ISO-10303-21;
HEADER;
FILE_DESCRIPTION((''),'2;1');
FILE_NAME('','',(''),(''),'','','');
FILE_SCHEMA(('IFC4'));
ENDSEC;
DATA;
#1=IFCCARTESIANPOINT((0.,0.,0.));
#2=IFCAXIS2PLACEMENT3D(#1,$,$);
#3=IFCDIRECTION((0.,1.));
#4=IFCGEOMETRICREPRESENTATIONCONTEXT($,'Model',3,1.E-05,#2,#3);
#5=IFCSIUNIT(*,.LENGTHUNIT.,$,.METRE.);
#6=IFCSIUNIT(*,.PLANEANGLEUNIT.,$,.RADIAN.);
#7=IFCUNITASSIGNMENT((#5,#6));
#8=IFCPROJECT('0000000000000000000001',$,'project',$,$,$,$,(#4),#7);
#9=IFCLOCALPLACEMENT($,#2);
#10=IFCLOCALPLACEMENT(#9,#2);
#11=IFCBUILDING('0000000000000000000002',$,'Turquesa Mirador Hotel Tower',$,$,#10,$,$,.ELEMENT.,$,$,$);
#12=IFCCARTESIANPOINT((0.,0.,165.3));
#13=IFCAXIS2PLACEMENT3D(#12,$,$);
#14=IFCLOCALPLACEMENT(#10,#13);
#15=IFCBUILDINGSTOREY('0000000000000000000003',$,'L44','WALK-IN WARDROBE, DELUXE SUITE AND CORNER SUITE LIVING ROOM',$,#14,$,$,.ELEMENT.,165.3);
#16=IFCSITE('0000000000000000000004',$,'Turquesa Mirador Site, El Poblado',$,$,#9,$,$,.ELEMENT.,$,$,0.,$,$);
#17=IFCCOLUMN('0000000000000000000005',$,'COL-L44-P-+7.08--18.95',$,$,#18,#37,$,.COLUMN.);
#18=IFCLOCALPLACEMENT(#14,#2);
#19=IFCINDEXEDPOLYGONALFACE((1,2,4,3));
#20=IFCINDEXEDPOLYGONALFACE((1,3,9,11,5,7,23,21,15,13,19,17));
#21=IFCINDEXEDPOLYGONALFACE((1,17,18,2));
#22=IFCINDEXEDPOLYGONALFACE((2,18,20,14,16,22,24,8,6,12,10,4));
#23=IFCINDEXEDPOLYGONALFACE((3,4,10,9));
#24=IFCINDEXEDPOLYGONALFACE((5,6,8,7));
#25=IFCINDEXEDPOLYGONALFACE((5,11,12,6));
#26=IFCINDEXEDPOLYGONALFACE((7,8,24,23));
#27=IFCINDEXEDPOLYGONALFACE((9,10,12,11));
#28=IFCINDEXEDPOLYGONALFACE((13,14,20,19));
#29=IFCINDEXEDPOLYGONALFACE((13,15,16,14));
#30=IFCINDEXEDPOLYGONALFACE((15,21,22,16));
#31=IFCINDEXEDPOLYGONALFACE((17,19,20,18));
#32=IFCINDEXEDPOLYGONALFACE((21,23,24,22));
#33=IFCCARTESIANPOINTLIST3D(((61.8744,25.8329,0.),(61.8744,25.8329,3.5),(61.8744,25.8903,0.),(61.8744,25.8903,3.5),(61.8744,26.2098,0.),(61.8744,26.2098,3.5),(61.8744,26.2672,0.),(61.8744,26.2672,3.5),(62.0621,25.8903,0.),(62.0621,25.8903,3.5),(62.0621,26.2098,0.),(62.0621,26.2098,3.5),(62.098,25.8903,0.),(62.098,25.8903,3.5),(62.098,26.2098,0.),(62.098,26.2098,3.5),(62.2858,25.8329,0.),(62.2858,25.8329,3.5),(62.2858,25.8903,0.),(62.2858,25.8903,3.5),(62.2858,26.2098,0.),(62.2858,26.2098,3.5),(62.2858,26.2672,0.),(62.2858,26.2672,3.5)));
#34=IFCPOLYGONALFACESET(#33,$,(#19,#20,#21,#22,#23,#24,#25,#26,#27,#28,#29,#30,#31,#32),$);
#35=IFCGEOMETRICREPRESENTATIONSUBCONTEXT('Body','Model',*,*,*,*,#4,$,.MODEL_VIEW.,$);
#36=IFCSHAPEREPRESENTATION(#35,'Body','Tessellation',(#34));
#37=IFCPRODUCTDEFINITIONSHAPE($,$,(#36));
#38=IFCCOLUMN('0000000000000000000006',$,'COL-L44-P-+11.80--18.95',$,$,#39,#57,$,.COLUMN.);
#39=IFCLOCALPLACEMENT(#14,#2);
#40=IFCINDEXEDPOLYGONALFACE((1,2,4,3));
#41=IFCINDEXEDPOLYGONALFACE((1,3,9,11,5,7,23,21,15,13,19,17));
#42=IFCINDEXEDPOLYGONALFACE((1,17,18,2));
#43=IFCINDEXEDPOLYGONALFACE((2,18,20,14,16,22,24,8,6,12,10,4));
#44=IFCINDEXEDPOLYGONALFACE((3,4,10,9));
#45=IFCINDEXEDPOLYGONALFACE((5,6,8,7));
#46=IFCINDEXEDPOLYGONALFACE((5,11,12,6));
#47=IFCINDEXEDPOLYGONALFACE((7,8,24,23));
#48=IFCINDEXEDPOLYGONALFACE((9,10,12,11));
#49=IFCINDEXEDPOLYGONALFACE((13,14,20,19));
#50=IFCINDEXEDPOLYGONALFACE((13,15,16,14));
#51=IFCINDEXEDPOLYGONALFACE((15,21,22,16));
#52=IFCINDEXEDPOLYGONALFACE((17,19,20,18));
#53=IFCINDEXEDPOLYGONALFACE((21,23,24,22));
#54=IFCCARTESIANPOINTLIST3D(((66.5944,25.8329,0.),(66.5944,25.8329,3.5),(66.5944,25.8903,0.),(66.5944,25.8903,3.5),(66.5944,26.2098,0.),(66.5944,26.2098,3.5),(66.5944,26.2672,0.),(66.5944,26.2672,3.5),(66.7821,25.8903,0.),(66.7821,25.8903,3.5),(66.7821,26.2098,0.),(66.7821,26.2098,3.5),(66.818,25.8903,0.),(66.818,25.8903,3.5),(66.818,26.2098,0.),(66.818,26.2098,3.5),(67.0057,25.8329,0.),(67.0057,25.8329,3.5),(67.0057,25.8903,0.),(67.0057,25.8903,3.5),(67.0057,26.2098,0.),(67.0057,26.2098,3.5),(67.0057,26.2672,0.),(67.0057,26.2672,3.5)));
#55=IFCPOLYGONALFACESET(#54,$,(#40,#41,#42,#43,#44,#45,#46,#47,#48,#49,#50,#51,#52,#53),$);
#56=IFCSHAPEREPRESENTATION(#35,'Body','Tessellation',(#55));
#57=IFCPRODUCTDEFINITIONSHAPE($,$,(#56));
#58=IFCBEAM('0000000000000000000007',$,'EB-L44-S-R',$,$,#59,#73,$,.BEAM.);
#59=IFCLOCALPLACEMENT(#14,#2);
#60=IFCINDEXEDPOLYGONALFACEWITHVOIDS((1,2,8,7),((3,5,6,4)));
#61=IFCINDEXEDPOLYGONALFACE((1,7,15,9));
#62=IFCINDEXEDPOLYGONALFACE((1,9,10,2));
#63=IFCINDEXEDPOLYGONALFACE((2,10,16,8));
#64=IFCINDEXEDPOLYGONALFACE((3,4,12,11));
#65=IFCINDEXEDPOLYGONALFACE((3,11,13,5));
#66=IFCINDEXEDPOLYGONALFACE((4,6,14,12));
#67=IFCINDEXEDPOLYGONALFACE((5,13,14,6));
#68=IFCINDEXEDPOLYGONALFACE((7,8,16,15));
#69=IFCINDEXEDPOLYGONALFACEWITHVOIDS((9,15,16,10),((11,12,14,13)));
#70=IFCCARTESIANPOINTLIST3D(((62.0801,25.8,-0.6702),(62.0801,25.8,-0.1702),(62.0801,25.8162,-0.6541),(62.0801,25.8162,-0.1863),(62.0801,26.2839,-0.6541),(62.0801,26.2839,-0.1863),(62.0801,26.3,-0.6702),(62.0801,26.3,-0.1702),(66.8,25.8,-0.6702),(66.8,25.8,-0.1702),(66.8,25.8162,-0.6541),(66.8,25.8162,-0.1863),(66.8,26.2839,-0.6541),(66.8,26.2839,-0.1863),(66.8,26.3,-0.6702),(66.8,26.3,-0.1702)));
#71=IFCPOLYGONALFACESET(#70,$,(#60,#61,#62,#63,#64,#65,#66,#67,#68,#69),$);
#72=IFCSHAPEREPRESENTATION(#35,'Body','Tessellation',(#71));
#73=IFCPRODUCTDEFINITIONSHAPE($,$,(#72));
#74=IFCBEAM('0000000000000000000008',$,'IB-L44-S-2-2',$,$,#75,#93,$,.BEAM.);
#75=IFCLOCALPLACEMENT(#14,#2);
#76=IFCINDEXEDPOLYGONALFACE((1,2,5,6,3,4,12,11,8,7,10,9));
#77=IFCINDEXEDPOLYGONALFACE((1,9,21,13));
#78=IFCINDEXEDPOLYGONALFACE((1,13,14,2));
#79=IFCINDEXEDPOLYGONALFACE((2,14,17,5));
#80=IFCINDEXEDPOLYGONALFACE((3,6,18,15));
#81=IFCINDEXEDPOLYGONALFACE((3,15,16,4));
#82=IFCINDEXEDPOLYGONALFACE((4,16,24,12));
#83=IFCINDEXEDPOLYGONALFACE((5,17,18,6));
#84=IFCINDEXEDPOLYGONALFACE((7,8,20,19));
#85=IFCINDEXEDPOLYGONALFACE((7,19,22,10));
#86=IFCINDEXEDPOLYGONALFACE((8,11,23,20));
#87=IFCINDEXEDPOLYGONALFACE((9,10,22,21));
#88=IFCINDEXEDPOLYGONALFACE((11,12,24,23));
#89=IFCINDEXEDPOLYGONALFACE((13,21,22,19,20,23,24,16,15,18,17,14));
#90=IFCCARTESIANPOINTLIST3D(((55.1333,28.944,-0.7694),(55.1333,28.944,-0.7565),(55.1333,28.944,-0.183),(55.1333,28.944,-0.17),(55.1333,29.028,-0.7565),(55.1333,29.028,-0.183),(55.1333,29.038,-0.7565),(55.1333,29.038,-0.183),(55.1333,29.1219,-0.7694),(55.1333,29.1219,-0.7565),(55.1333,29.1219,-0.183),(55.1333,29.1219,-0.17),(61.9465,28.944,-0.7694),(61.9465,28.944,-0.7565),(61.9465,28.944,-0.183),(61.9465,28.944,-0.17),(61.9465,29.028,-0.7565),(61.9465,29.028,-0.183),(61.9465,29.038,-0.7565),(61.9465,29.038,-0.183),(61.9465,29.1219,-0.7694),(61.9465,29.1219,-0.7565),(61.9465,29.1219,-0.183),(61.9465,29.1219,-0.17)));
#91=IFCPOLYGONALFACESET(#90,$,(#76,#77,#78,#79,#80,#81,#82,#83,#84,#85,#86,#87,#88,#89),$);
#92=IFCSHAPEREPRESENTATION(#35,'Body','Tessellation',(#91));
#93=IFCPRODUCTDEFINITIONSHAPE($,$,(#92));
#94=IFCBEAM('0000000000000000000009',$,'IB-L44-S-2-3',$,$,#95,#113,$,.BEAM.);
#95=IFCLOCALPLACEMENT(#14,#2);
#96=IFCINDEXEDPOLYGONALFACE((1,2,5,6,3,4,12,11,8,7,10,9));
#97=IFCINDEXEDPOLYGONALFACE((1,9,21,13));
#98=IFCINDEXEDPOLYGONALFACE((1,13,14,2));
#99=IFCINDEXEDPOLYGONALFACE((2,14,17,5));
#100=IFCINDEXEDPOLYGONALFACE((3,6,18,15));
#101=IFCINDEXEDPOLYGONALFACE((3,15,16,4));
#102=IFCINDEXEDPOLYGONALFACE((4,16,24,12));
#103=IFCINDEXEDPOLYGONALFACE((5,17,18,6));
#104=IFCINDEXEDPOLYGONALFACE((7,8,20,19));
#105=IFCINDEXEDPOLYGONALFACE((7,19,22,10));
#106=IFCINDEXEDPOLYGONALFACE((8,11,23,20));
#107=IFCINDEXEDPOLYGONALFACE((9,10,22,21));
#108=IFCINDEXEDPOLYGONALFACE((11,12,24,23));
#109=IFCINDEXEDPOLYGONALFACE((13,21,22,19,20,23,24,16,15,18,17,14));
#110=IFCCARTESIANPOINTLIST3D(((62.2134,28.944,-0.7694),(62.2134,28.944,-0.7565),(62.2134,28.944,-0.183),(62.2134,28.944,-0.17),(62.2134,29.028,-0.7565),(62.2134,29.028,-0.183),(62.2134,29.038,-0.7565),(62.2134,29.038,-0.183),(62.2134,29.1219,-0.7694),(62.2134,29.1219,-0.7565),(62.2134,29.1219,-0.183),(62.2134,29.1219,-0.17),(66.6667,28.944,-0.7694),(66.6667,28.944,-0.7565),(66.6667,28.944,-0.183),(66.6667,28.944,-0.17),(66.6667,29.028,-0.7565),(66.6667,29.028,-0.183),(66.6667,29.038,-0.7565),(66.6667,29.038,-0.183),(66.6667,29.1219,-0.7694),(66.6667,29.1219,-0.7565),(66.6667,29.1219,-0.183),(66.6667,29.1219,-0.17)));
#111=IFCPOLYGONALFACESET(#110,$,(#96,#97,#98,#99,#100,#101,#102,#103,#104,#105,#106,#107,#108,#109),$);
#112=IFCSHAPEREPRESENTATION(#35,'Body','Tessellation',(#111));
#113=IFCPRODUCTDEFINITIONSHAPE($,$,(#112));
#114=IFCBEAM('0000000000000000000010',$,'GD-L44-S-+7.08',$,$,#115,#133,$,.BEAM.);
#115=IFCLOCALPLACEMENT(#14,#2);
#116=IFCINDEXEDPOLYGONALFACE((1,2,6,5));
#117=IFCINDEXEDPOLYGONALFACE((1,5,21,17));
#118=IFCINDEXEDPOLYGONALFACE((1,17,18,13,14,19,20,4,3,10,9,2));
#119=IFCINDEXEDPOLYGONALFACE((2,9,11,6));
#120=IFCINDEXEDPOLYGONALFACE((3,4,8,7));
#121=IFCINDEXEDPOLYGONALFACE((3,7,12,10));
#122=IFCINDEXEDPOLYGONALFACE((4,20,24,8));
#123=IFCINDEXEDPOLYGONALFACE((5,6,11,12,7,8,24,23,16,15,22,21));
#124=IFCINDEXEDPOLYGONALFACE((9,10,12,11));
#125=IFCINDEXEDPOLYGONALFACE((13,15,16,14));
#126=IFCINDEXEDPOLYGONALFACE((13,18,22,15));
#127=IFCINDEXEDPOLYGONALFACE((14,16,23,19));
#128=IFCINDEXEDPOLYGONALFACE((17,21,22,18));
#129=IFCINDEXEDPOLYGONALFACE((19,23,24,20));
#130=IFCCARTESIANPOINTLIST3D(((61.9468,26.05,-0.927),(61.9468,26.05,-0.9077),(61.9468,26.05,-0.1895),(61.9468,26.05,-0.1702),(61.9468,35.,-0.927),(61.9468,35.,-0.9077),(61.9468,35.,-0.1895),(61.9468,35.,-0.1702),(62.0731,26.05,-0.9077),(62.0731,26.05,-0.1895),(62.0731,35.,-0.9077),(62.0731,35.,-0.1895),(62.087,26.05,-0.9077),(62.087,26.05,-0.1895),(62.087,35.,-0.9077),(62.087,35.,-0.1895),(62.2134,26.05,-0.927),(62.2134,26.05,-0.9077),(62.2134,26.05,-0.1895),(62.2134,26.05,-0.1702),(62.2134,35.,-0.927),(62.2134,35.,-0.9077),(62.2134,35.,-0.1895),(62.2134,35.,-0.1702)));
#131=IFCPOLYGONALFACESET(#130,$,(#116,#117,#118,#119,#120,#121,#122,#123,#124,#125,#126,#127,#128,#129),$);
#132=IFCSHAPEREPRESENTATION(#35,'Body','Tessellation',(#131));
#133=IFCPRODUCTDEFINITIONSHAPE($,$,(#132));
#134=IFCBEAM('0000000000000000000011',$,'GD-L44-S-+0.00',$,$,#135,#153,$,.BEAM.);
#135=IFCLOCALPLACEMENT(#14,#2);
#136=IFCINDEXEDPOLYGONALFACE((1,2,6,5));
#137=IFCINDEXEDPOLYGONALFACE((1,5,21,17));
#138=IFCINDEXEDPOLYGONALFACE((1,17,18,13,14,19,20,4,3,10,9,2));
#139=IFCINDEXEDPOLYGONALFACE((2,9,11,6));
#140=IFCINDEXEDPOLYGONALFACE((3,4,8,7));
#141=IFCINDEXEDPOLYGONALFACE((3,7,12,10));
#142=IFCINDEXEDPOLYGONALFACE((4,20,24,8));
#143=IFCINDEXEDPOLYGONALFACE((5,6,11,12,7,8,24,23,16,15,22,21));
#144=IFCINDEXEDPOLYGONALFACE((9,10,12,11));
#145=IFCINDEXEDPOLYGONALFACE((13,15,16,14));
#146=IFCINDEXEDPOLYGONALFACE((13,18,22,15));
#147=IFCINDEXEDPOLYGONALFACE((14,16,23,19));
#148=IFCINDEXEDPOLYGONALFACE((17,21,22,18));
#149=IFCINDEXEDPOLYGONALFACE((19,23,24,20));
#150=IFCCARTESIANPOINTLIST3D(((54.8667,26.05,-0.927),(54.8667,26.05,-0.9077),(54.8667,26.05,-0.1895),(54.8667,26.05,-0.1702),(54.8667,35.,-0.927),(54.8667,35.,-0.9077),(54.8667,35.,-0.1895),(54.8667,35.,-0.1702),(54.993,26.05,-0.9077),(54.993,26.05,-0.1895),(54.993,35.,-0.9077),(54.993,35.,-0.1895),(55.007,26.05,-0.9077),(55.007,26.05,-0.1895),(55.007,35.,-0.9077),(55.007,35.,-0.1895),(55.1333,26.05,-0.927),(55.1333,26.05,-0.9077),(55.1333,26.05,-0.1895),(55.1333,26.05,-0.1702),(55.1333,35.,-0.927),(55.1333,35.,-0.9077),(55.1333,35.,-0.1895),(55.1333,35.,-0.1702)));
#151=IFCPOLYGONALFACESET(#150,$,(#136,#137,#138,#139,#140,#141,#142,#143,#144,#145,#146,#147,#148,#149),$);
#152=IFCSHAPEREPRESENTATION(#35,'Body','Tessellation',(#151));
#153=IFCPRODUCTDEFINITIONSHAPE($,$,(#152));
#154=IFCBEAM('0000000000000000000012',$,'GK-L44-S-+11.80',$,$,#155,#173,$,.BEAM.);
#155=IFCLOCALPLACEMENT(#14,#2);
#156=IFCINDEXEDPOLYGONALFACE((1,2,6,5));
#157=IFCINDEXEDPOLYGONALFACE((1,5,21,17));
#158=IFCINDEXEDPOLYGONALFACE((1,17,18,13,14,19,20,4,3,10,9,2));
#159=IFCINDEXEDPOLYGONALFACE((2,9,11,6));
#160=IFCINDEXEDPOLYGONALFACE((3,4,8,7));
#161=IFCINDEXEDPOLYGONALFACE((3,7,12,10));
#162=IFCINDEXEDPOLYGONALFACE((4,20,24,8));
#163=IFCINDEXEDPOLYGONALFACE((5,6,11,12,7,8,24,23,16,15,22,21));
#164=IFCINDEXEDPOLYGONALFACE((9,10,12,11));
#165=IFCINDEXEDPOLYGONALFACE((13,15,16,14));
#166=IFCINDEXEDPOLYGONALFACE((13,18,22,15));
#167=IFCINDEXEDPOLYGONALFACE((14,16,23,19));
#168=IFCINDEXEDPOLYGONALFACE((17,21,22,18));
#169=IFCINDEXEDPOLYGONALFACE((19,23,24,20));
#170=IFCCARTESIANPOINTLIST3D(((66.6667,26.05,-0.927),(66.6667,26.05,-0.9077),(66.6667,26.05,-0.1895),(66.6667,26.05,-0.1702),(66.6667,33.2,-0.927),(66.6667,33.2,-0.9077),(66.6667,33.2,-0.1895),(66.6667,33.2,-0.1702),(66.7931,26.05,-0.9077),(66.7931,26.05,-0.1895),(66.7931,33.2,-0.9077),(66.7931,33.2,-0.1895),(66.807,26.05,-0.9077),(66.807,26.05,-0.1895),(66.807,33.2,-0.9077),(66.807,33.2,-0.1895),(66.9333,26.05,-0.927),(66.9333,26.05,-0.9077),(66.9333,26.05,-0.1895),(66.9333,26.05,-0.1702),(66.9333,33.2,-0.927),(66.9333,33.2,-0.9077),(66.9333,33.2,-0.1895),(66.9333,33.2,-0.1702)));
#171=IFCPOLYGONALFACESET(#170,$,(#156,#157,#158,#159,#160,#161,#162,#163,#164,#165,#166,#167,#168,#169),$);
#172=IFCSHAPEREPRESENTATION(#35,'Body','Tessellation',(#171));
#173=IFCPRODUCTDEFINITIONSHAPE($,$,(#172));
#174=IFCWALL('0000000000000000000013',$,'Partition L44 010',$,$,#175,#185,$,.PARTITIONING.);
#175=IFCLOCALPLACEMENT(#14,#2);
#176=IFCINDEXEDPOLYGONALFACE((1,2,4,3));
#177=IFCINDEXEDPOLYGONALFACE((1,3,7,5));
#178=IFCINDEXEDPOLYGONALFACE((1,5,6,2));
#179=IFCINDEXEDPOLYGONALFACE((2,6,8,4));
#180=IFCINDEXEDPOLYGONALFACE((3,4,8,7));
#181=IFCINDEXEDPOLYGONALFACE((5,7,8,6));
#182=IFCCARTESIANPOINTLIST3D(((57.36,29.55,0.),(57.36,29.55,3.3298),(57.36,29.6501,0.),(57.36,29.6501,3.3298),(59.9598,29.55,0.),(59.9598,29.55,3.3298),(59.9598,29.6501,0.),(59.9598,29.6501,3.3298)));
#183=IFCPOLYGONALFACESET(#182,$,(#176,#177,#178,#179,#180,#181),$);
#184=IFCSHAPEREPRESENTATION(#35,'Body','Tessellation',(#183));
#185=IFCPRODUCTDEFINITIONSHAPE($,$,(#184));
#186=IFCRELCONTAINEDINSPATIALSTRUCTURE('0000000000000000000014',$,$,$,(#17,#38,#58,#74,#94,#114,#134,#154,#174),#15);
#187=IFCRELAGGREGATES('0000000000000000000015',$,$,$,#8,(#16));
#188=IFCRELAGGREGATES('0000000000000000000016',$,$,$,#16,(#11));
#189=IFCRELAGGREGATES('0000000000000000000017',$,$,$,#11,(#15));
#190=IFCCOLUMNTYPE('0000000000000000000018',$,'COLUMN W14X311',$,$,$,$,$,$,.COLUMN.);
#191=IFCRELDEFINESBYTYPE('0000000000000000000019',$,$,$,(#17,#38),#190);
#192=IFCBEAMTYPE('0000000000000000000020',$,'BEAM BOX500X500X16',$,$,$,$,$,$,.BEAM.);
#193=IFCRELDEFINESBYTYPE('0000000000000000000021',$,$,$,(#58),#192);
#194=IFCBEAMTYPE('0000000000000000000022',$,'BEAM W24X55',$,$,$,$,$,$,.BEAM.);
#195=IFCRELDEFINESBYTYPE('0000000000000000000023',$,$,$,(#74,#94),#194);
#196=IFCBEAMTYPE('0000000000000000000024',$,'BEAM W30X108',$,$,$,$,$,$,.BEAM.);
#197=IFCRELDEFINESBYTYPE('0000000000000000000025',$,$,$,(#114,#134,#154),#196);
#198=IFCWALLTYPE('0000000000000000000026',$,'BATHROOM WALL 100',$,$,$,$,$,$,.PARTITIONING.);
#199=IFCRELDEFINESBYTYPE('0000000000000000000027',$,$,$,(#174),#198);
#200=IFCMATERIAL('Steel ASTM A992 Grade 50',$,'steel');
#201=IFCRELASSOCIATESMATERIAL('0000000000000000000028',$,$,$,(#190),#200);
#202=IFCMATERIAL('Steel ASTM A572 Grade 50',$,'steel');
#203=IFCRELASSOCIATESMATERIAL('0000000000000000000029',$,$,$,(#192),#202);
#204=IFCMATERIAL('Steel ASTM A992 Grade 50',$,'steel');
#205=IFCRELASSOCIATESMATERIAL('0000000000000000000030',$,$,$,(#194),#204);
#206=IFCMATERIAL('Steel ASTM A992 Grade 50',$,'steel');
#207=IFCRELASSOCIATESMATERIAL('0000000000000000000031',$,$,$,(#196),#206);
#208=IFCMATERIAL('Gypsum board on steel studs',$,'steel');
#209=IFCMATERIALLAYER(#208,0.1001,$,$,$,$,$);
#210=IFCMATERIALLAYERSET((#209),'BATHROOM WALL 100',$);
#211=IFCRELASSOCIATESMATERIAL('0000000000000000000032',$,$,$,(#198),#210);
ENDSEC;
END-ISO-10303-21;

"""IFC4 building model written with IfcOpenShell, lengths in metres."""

from ifc_helpers import new_model, si_unit, direction, frame, frame_2d, origin, origin_2d, place, context, subcontext, project, spatial, rectangle, hollow_rectangle, i_section, extrude, material, layer, layer_set, material_profile, profile_set, type_object, element, save


model = new_model("IFC4")

# Units and contexts
model_context = context("Model", 3, precision=1e-05, world=origin(), true_north=direction((0.0, 1.0)))
body_context = subcontext(model_context, "Body", "Model", "MODEL_VIEW")
ifc_project = project(units=[si_unit("LENGTHUNIT", "METRE"), si_unit("PLANEANGLEUNIT", "RADIAN")], contexts=[model_context])

# Site, building, storey
site_placement = place(None, origin())
site = spatial("IfcSite", under=ifc_project, at=site_placement, Name="Turquesa Mirador Site, El Poblado", CompositionType="ELEMENT", RefElevation=0.0)
building_placement = place(site_placement, origin())
building = spatial("IfcBuilding", under=site, at=building_placement, Name="Turquesa Mirador Hotel Tower", CompositionType="ELEMENT")
storey_placement = place(building_placement, frame((0.0, 0.0, 165.3)))
storey = spatial("IfcBuildingStorey", under=building, at=storey_placement, Name="L44", Description="WALK-IN WARDROBE, DELUXE SUITE AND CORNER SUITE LIVING ROOM", CompositionType="ELEMENT", Elevation=165.3)

# Columns
ifc_material_1 = material(Name="Steel ASTM A992 Grade 50", Category="steel")
ifc_material_profile_1 = material_profile(ifc_material_1, i_section(OverallWidth=0.4114, OverallDepth=0.4343, WebThickness=0.0359, FlangeThickness=0.0574, at=origin_2d()), Name="W14X311")
ifc_profile_set_1 = profile_set([ifc_material_profile_1], Name="Steel ASTM A992 Grade 50")
column_type = type_object("IfcColumnType", Name="COLUMN W14X311", PredefinedType="COLUMN", material=ifc_profile_set_1)
for number, where, z_axis, x_axis, name in (
    (1, (62.0801, 26.05, 0.0), (0.0, 0.0, 1.0), (1.0, 0.0, 0.0), "COL-L44-P-+7.08--18.95"),
    (2, (66.8, 26.05, 0.0), (0.0, 0.0, 1.0), (1.0, 0.0, 0.0), "COL-L44-P-+11.80--18.95"),
):
    element("IfcColumn", number, at=place(storey_placement, frame(where, z_axis=z_axis, x_axis=x_axis)), inside=storey, type_object=column_type, Name=name, PredefinedType="COLUMN", context=body_context, shape_type="SweptSolid", body=[
        extrude(i_section(OverallWidth=0.4114, OverallDepth=0.4343, WebThickness=0.0359, FlangeThickness=0.0574, at=origin_2d()), origin(), (0.0, 0.0, 1.0), 3.5),
    ])

# Beams
ifc_material_2 = material(Name="Steel ASTM A572 Grade 50", Category="steel")
ifc_material_profile_2 = material_profile(ifc_material_2, hollow_rectangle(XDim=0.5, YDim=0.5, WallThickness=0.0161, at=origin_2d()), Name="BOX500X500X16")
ifc_profile_set_2 = profile_set([ifc_material_profile_2], Name="Steel ASTM A572 Grade 50")
beam_type_1 = type_object("IfcBeamType", Name="BEAM BOX500X500X16", PredefinedType="BEAM", material=ifc_profile_set_2)
beam_1_placement = place(storey_placement, frame((62.0801, 26.05, -0.4202), z_axis=(1.0, 0.0, 0.0), x_axis=(0.0, 1.0, 0.0)))
element("IfcBeam", 3, at=beam_1_placement, inside=storey, type_object=beam_type_1, Name="EB-L44-S-R", PredefinedType="BEAM", context=body_context, shape_type="SweptSolid", body=[
    extrude(hollow_rectangle(XDim=0.5, YDim=0.5, WallThickness=0.0161, at=origin_2d()), origin(), (0.0, 0.0, 1.0), 4.72),
])
ifc_material_3 = material(Name="Steel ASTM A992 Grade 50", Category="steel")
ifc_material_profile_3 = material_profile(ifc_material_3, i_section(OverallWidth=0.178, OverallDepth=0.5994, WebThickness=0.01, FlangeThickness=0.0129, at=origin_2d()), Name="W24X55")
ifc_profile_set_3 = profile_set([ifc_material_profile_3], Name="Steel ASTM A992 Grade 50")
beam_type_2 = type_object("IfcBeamType", Name="BEAM W24X55", PredefinedType="BEAM", material=ifc_profile_set_3)
beam_2_placement = place(storey_placement, frame((55.1333, 29.033, -0.4697), z_axis=(1.0, 0.0, 0.0), x_axis=(0.0, 1.0, 0.0)))
element("IfcBeam", 4, at=beam_2_placement, inside=storey, type_object=beam_type_2, Name="IB-L44-S-2-2", PredefinedType="BEAM", context=body_context, shape_type="SweptSolid", body=[
    extrude(i_section(OverallWidth=0.178, OverallDepth=0.5994, WebThickness=0.01, FlangeThickness=0.0129, at=origin_2d()), origin(), (0.0, 0.0, 1.0), 6.8132),
])
beam_3_placement = place(storey_placement, frame((62.2134, 29.033, -0.4697), z_axis=(1.0, 0.0, 0.0), x_axis=(0.0, 1.0, 0.0)))
element("IfcBeam", 5, at=beam_3_placement, inside=storey, type_object=beam_type_2, Name="IB-L44-S-2-3", PredefinedType="BEAM", context=body_context, shape_type="SweptSolid", body=[
    extrude(i_section(OverallWidth=0.178, OverallDepth=0.5994, WebThickness=0.01, FlangeThickness=0.0129, at=origin_2d()), origin(), (0.0, 0.0, 1.0), 4.4534),
])
ifc_material_4 = material(Name="Steel ASTM A992 Grade 50", Category="steel")
ifc_material_profile_4 = material_profile(ifc_material_4, i_section(OverallWidth=0.2666, OverallDepth=0.7568, WebThickness=0.0139, FlangeThickness=0.0193, at=origin_2d()), Name="W30X108")
ifc_profile_set_4 = profile_set([ifc_material_profile_4], Name="Steel ASTM A992 Grade 50")
beam_type_3 = type_object("IfcBeamType", Name="BEAM W30X108", PredefinedType="BEAM", material=ifc_profile_set_4)
for number, where, z_axis, x_axis, name in (
    (6, (62.0801, 26.05, -0.5486), (0.0, 1.0, 0.0), (-1.0, 0.0, 0.0), "GD-L44-S-+7.08"),
    (7, (55.0, 26.05, -0.5486), (0.0, 1.0, 0.0), (-1.0, 0.0, 0.0), "GD-L44-S-+0.00"),
):
    element("IfcBeam", number, at=place(storey_placement, frame(where, z_axis=z_axis, x_axis=x_axis)), inside=storey, type_object=beam_type_3, Name=name, PredefinedType="BEAM", context=body_context, shape_type="SweptSolid", body=[
        extrude(i_section(OverallWidth=0.2666, OverallDepth=0.7568, WebThickness=0.0139, FlangeThickness=0.0193, at=origin_2d()), origin(), (0.0, 0.0, 1.0), 8.95),
    ])
beam_4_placement = place(storey_placement, frame((66.8, 26.05, -0.5486), z_axis=(0.0, 1.0, 0.0), x_axis=(-1.0, 0.0, 0.0)))
element("IfcBeam", 8, at=beam_4_placement, inside=storey, type_object=beam_type_3, Name="GK-L44-S-+11.80", PredefinedType="BEAM", context=body_context, shape_type="SweptSolid", body=[
    extrude(i_section(OverallWidth=0.2666, OverallDepth=0.7568, WebThickness=0.0139, FlangeThickness=0.0193, at=origin_2d()), origin(), (0.0, 0.0, 1.0), 7.1499),
])

# Wall
ifc_material_5 = material(Name="Gypsum board on steel studs", Category="steel")
ifc_layer_1 = layer(ifc_material_5, 0.1001)
ifc_layer_set_1 = layer_set([ifc_layer_1], Name="BATHROOM WALL 100")
wall_type_1 = type_object("IfcWallType", Name="BATHROOM WALL 100", PredefinedType="PARTITIONING", material=ifc_layer_set_1)
wall_1_placement = place(storey_placement, frame((57.3601, 29.6001, 0.0), z_axis=(0.0, 0.0, 1.0), x_axis=(1.0, 0.0, 0.0)))
element("IfcWall", 9, at=wall_1_placement, inside=storey, type_object=wall_type_1, Name="Partition L44 010", PredefinedType="PARTITIONING", context=body_context, shape_type="SweptSolid", body=[
    extrude(rectangle(XDim=2.5999, YDim=0.1001, at=frame_2d((1.2998, 0.0))), origin(), (0.0, 0.0, 1.0), 3.3298),
])

save(model, "model.ifc")
